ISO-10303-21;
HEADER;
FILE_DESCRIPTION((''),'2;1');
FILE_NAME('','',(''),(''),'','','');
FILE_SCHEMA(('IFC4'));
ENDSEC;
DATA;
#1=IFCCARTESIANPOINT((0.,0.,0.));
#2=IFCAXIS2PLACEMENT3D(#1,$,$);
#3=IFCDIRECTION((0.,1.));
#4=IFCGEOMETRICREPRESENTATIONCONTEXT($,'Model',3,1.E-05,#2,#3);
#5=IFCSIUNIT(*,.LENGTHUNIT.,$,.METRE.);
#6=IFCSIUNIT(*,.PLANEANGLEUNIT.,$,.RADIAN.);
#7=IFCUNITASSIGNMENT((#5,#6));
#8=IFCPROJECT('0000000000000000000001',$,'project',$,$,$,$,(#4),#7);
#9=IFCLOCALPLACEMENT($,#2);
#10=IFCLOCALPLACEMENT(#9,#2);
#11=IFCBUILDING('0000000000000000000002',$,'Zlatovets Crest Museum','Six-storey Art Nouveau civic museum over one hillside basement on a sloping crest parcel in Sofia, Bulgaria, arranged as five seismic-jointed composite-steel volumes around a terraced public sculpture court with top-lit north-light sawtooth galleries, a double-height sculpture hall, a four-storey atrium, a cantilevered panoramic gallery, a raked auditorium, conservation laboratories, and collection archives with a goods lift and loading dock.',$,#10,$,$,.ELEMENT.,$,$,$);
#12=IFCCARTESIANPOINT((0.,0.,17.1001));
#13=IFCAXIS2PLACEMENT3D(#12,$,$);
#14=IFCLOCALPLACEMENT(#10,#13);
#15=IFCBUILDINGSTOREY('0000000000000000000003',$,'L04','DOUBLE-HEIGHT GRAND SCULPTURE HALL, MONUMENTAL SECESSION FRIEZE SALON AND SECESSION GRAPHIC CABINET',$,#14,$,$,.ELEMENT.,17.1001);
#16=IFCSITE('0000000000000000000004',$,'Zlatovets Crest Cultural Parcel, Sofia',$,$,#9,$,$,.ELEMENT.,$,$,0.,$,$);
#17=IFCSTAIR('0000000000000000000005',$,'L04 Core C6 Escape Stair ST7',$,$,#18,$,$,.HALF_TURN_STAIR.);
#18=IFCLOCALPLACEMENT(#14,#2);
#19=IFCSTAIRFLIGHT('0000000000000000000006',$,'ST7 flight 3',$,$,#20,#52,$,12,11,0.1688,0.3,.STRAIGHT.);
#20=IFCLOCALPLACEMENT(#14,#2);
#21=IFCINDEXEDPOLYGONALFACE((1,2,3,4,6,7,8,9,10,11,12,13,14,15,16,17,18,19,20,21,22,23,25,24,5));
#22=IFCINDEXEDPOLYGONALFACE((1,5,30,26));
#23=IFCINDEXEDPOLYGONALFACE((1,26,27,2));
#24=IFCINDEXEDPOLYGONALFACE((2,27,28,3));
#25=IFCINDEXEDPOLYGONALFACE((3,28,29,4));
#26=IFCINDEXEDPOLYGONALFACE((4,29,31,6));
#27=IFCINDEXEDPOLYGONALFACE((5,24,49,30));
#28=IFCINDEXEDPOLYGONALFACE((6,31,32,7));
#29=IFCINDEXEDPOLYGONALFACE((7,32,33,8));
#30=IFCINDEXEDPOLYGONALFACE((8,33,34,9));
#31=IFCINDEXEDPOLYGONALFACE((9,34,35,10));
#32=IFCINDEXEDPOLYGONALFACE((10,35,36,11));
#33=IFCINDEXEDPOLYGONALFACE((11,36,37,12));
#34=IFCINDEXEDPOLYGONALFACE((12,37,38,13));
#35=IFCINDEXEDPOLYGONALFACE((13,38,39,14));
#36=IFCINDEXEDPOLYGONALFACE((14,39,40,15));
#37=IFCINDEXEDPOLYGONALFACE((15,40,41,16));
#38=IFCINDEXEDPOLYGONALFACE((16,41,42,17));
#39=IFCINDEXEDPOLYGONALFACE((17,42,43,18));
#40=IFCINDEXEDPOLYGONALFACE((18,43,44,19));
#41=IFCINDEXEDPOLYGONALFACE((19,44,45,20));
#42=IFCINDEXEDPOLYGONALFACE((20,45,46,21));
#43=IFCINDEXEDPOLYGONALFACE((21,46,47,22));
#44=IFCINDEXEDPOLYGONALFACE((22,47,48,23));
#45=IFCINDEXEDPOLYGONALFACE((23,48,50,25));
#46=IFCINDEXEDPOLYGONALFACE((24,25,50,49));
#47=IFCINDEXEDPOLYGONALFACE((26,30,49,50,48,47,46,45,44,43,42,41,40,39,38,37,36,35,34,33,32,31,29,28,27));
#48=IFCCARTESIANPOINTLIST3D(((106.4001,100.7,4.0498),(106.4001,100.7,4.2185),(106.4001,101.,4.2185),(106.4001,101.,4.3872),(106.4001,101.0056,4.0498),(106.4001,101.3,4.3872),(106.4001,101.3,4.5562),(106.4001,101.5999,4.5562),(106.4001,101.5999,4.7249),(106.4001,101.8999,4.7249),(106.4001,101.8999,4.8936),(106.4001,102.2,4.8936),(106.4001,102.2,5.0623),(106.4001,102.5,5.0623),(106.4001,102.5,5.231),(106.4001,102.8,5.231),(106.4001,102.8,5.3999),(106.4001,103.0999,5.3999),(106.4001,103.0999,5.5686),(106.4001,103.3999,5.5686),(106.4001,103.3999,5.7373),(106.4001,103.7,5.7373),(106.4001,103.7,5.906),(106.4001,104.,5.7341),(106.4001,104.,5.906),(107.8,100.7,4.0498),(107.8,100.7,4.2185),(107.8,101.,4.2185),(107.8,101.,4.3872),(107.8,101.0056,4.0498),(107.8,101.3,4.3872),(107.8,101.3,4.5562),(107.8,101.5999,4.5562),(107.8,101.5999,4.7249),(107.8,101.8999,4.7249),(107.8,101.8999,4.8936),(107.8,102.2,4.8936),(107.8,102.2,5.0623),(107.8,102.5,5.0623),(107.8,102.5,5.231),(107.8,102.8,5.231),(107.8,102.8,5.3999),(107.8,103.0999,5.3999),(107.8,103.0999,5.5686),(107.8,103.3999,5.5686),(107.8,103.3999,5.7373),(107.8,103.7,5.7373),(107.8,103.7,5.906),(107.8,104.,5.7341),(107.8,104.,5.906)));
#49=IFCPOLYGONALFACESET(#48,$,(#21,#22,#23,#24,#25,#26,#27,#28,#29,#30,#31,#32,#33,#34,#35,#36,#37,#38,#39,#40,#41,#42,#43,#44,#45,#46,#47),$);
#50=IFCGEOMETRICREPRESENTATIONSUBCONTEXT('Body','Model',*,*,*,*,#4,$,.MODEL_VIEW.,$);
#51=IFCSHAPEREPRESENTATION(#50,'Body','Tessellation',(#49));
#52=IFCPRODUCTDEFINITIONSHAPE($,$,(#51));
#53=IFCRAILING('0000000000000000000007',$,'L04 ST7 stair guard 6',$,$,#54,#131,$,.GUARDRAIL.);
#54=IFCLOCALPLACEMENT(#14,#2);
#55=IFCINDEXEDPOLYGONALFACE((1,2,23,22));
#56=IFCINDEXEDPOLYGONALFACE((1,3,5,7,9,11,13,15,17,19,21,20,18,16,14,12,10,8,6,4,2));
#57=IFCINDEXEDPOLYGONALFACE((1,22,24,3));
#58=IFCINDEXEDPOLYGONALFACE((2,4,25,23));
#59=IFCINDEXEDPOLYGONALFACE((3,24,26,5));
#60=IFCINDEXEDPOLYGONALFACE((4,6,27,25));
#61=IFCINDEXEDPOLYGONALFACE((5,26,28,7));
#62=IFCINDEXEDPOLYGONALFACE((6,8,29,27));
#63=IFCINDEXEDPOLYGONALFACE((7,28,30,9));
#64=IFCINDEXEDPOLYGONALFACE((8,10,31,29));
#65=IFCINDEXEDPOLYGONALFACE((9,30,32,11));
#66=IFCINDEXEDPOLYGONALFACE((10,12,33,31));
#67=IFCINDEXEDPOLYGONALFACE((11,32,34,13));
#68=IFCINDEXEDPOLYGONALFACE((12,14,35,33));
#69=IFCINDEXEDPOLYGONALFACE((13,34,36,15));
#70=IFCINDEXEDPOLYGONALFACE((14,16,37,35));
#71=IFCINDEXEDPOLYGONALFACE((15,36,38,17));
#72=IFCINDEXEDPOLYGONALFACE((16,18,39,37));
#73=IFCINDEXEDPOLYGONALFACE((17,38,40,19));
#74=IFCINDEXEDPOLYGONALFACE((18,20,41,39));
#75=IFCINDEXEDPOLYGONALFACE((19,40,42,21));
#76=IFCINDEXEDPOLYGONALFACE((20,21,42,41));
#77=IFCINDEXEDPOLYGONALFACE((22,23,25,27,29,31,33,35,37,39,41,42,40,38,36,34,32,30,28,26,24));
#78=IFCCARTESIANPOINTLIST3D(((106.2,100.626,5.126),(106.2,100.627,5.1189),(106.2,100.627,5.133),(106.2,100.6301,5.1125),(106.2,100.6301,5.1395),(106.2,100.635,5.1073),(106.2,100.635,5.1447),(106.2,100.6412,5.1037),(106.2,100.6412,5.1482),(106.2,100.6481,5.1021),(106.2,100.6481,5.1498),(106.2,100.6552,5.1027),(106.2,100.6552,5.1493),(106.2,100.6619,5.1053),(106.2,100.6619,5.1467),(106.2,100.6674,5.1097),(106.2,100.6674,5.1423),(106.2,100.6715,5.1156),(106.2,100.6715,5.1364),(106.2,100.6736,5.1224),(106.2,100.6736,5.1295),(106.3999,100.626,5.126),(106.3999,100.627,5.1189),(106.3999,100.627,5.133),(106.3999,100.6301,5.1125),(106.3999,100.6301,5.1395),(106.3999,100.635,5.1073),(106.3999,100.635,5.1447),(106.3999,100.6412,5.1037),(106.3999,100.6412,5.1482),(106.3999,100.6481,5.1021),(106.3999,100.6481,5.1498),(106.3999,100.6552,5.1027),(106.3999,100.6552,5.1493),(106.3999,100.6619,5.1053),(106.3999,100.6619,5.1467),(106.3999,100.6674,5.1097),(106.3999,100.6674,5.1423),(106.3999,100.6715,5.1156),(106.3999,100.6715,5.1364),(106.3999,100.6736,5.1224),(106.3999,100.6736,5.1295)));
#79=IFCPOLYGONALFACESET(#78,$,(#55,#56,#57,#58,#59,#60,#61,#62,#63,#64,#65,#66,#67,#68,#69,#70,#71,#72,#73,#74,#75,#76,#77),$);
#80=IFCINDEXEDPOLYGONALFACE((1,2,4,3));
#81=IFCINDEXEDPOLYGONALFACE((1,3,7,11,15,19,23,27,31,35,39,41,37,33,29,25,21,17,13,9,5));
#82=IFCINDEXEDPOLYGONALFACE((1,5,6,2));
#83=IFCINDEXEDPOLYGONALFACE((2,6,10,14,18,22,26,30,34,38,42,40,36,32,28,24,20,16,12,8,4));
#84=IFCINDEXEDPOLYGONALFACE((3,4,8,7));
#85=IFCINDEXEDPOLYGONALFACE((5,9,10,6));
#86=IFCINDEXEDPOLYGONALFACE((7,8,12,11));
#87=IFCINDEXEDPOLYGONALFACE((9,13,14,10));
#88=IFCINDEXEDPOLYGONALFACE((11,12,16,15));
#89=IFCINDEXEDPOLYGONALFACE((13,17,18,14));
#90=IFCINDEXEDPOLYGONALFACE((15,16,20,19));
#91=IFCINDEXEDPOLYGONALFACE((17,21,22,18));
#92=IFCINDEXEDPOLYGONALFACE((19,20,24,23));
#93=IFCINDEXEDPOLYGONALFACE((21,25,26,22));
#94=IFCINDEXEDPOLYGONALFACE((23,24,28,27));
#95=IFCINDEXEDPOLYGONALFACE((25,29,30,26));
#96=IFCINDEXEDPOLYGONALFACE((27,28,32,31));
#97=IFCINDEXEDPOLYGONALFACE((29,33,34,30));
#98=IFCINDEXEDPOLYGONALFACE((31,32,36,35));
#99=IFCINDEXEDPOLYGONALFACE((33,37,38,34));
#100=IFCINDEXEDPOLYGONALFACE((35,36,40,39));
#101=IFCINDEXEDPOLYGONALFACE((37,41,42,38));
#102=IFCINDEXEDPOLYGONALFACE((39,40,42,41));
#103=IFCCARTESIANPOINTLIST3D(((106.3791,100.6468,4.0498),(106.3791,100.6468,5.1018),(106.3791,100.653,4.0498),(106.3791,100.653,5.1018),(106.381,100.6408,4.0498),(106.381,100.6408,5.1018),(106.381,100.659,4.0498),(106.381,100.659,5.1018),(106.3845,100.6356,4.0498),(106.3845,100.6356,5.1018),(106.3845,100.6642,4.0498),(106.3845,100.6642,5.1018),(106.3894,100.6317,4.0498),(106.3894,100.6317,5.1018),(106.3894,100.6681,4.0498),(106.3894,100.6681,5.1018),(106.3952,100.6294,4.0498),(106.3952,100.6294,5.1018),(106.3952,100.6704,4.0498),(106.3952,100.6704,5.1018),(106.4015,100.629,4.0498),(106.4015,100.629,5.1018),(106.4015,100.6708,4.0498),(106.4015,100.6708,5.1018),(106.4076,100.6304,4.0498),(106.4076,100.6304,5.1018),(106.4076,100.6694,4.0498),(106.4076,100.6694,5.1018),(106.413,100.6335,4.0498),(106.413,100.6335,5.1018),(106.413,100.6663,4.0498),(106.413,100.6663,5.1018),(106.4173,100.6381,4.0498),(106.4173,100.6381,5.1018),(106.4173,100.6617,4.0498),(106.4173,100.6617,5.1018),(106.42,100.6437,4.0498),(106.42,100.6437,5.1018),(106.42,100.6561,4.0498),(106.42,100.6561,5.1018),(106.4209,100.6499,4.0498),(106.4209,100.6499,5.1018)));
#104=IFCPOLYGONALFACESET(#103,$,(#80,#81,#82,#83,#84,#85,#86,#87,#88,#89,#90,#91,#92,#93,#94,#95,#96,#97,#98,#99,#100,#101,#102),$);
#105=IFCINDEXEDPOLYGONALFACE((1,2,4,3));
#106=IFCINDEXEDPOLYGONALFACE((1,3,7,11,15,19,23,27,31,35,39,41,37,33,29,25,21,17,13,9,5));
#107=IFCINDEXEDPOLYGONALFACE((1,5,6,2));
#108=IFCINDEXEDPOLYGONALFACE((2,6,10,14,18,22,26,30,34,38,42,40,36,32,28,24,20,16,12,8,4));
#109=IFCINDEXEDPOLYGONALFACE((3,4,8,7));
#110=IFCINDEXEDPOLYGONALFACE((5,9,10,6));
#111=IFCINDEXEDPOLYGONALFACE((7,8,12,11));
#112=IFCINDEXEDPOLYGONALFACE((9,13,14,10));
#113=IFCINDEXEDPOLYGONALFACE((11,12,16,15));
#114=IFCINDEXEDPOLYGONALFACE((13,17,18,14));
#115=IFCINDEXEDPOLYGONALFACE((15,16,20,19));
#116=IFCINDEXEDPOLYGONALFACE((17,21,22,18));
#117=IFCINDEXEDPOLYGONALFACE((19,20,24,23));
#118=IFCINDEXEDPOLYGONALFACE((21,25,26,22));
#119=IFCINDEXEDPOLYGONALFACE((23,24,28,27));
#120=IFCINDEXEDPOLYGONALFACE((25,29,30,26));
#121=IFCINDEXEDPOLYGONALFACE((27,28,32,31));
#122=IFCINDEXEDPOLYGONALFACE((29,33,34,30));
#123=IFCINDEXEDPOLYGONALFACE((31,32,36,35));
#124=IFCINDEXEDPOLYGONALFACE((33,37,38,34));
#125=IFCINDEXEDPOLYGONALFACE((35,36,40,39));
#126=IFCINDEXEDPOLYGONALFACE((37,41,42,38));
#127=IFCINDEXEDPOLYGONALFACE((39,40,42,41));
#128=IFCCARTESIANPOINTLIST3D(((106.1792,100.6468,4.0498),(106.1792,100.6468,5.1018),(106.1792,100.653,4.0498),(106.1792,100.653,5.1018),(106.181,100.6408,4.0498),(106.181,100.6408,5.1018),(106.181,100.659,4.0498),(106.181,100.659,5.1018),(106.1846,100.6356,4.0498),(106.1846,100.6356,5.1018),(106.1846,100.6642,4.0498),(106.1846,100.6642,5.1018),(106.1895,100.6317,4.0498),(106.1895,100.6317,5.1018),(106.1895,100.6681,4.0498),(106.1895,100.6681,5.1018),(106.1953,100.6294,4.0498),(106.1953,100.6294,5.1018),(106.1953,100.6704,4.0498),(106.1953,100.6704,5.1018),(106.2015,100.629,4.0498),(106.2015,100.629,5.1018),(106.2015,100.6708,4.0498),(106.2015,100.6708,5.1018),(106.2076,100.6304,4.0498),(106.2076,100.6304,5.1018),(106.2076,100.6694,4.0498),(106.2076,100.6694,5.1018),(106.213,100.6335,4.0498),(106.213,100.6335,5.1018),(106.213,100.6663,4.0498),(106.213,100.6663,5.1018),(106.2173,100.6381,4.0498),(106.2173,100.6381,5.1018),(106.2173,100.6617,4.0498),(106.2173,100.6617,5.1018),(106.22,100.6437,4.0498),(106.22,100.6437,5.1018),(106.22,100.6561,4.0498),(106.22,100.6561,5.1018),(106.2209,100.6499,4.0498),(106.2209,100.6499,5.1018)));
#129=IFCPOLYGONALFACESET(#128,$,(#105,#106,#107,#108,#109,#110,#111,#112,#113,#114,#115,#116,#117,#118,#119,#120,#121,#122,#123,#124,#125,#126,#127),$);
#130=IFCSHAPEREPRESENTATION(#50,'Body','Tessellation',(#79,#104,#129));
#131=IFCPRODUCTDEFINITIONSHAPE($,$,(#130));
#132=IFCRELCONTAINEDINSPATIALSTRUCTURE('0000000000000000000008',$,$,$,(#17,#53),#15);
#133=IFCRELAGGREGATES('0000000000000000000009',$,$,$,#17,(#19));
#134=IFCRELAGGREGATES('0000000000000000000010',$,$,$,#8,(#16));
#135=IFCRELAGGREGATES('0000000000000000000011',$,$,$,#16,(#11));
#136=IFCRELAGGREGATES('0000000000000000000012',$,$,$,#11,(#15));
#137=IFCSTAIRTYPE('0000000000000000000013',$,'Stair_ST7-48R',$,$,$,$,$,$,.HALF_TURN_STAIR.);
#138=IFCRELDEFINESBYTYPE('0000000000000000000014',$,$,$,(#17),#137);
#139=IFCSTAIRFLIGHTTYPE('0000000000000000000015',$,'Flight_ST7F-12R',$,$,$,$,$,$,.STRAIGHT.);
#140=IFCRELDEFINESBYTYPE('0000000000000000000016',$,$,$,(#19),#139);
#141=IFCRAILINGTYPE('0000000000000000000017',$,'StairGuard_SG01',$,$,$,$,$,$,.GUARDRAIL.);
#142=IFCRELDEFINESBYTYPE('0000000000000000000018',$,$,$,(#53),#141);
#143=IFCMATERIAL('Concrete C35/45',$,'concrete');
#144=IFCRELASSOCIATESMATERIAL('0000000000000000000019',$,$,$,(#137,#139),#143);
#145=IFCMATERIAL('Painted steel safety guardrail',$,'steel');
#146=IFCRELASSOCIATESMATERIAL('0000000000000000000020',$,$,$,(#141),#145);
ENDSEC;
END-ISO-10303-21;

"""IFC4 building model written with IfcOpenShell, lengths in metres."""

from ifc_helpers import new_model, si_unit, direction, frame, origin, origin_2d, place, context, subcontext, project, spatial, polyline, circle, outline, extrude, material, type_object, element, aggregate, save


model = new_model("IFC4")

# Units and contexts
model_context = context("Model", 3, precision=1e-05, world=origin(), true_north=direction((0.0, 1.0)))
body_context = subcontext(model_context, "Body", "Model", "MODEL_VIEW")
ifc_project = project(units=[si_unit("LENGTHUNIT", "METRE"), si_unit("PLANEANGLEUNIT", "RADIAN")], contexts=[model_context])

# Site, building, storey
site_placement = place(None, origin())
site = spatial("IfcSite", under=ifc_project, at=site_placement, Name="Zlatovets Crest Cultural Parcel, Sofia", CompositionType="ELEMENT", RefElevation=0.0)
building_placement = place(site_placement, origin())
building = spatial("IfcBuilding", under=site, at=building_placement, Name="Zlatovets Crest Museum", Description="Six-storey Art Nouveau civic museum over one hillside basement on a sloping crest parcel in Sofia, Bulgaria, arranged as five seismic-jointed composite-steel volumes around a terraced public sculpture court with top-lit north-light sawtooth galleries, a double-height sculpture hall, a four-storey atrium, a cantilevered panoramic gallery, a raked auditorium, conservation laboratories, and collection archives with a goods lift and loading dock.", CompositionType="ELEMENT")
storey_placement = place(building_placement, frame((0.0, 0.0, 17.1001)))
storey = spatial("IfcBuildingStorey", under=building, at=storey_placement, Name="L04", Description="DOUBLE-HEIGHT GRAND SCULPTURE HALL, MONUMENTAL SECESSION FRIEZE SALON AND SECESSION GRAPHIC CABINET", CompositionType="ELEMENT", Elevation=17.1001)

# Stair, stair flight
ifc_material_1 = material(Name="Concrete C35/45", Category="concrete")
stair_type = type_object("IfcStairType", Name="Stair_ST7-48R", PredefinedType="HALF_TURN_STAIR", material=ifc_material_1)
stair_placement = place(storey_placement, origin())
stair = element("IfcStair", 1, at=stair_placement, inside=storey, type_object=stair_type, Name="L04 Core C6 Escape Stair ST7", PredefinedType="HALF_TURN_STAIR")
stair_flight_type = type_object("IfcStairFlightType", Name="Flight_ST7F-12R", PredefinedType="STRAIGHT", material=ifc_material_1)
stair_flight_placement = place(storey_placement, frame((107.1001, 100.7, 4.0498), z_axis=(0.0, 0.0, 1.0), x_axis=(0.0, 1.0, 0.0)))
stair_flight = element("IfcStairFlight", 2, at=stair_flight_placement, type_object=stair_flight_type, Name="ST7 flight 3", NumberOfRisers=12, NumberOfTreads=11, PredefinedType="STRAIGHT", RiserHeight=0.1688, TreadLength=0.3, context=body_context, shape_type="SweptSolid", body=[
    extrude(outline(polyline([(0.0, 0.0), (0.0, 0.1687), (0.3, 0.1687), (0.3, 0.3374), (0.6001, 0.3374), (0.6001, 0.5063), (0.8999, 0.5063), (0.8999, 0.675), (1.2, 0.675), (1.2, 0.8438), (1.5, 0.8438), (1.5, 1.0125), (1.8, 1.0125), (1.8, 1.1812), (2.1001, 1.1812), (2.1001, 1.3501), (2.3999, 1.3501), (2.3999, 1.5188), (2.7, 1.5188), (2.7, 1.6875), (3.0, 1.6875), (3.0, 1.8562), (3.3, 1.8562), (3.3, 2.0249), (3.3, 1.6843), (0.3057, 0.0), (0.0, 0.0)])), frame((0.0, 0.7, 0.0), z_axis=(0.0, -1.0, 0.0), x_axis=(1.0, 0.0, 0.0)), (0.0, 0.0, 1.0), 1.3999),
])
aggregate(stair, [stair_flight])

# Railing
ifc_material_2 = material(Name="Painted steel safety guardrail", Category="steel")
railing_type_1 = type_object("IfcRailingType", Name="StairGuard_SG01", PredefinedType="GUARDRAIL", material=ifc_material_2)
railing_1_placement = place(storey_placement, frame((106.3999, 100.6499, 4.0498)))
element("IfcRailing", 3, at=railing_1_placement, inside=storey, type_object=railing_type_1, Name="L04 ST7 stair guard 6", PredefinedType="GUARDRAIL", context=body_context, shape_type="SweptSolid", body=[
    extrude(circle(Radius=0.0239, at=origin_2d()), frame((0.0, 0.0, 1.0762), z_axis=(-1.0, 0.0, 0.0), x_axis=(0.0, -1.0, 0.0)), (0.0, 0.0, 1.0), 0.2),
    extrude(circle(Radius=0.021, at=origin_2d()), origin(), (0.0, 0.0, 1.0), 1.052),
    extrude(circle(Radius=0.021, at=origin_2d()), frame((-0.2, 0.0, 0.0)), (0.0, 0.0, 1.0), 1.052),
])

save(model, "model.ifc")
